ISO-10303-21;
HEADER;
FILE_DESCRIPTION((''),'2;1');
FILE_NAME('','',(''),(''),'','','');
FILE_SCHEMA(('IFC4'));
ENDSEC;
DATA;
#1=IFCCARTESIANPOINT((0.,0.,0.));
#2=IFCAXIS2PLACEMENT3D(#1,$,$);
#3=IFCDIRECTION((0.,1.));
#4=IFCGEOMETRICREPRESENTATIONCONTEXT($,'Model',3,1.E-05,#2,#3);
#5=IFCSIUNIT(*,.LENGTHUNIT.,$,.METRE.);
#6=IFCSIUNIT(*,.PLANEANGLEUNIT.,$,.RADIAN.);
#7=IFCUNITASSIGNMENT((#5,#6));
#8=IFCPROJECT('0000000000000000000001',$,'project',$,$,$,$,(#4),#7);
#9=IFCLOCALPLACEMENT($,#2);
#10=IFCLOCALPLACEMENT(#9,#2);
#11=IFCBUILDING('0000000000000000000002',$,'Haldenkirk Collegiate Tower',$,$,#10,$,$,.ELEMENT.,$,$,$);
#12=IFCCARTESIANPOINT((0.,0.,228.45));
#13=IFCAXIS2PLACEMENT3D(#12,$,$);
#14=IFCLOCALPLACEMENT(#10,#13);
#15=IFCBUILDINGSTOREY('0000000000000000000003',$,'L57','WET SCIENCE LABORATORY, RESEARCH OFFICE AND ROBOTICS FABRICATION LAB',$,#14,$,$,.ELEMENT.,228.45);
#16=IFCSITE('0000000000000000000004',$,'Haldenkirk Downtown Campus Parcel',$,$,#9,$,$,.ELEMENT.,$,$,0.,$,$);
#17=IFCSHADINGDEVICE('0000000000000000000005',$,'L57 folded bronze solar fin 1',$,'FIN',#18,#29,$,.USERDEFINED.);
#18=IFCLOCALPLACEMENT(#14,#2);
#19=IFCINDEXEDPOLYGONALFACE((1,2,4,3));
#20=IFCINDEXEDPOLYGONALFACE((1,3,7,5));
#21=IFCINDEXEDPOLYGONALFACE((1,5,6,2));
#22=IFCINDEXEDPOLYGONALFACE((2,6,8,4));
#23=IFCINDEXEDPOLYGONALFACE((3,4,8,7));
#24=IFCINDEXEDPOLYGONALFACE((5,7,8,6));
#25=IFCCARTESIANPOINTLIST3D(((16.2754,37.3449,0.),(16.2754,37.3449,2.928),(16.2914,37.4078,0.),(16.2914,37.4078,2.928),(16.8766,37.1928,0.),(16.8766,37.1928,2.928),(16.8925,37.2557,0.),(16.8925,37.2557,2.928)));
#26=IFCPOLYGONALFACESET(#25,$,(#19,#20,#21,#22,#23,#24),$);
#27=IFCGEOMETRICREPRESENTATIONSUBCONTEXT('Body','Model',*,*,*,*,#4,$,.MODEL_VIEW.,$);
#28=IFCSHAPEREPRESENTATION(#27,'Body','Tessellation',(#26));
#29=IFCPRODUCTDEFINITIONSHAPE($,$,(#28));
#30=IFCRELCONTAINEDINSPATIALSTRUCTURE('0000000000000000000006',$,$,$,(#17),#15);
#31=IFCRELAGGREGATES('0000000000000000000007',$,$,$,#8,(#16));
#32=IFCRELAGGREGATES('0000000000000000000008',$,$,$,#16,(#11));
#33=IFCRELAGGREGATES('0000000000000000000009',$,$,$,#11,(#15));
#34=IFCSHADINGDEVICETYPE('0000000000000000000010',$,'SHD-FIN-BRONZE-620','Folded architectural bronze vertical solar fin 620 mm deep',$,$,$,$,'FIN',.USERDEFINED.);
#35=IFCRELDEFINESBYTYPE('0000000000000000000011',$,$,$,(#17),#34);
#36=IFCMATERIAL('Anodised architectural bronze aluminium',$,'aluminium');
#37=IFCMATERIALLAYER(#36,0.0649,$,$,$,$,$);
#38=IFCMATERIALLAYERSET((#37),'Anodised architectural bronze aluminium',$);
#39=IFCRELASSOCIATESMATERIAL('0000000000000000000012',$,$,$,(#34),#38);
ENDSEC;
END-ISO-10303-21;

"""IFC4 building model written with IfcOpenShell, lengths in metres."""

from ifc_helpers import new_model, si_unit, direction, frame, origin, origin_2d, place, context, subcontext, project, spatial, rectangle, extrude, source, transform, mapped, material, layer, layer_set, type_object, element, save


model = new_model("IFC4")

# Units and contexts
model_context = context("Model", 3, precision=1e-05, world=origin(), true_north=direction((0.0, 1.0)))
body_context = subcontext(model_context, "Body", "Model", "MODEL_VIEW")
ifc_project = project(units=[si_unit("LENGTHUNIT", "METRE"), si_unit("PLANEANGLEUNIT", "RADIAN")], contexts=[model_context])

# Site, building, storey
site_placement = place(None, origin())
site = spatial("IfcSite", under=ifc_project, at=site_placement, Name="Haldenkirk Downtown Campus Parcel", CompositionType="ELEMENT", RefElevation=0.0)
building_placement = place(site_placement, origin())
building = spatial("IfcBuilding", under=site, at=building_placement, Name="Haldenkirk Collegiate Tower", CompositionType="ELEMENT")
storey_placement = place(building_placement, frame((0.0, 0.0, 228.45)))
storey = spatial("IfcBuildingStorey", under=building, at=storey_placement, Name="L57", Description="WET SCIENCE LABORATORY, RESEARCH OFFICE AND ROBOTICS FABRICATION LAB", CompositionType="ELEMENT", Elevation=228.45)

# Shared definitions
ifc_material_1 = material(Name="Anodised architectural bronze aluminium", Category="aluminium")

# Shading device
ifc_layer_1 = layer(ifc_material_1, 0.0649)
ifc_layer_set_1 = layer_set([ifc_layer_1], Name="Anodised architectural bronze aluminium")
shading_device_type = type_object("IfcShadingDeviceType", Name="SHD-FIN-BRONZE-620", Description="Folded architectural bronze vertical solar fin 620 mm deep", ElementType="FIN", PredefinedType="USERDEFINED", material=ifc_layer_set_1)
shared_shape_1 = source(origin(), body_context, "Body", "SweptSolid", [
    extrude(rectangle(XDim=0.6201, YDim=0.0649, at=origin_2d()), origin(), (0.0, 0.0, 1.0), 2.928),
])
shading_device_placement = place(storey_placement, frame((16.584, 37.3003, 0.0), z_axis=(0.0, 0.0, 1.0), x_axis=(-0.969445, 0.245307, 0.0)))
element("IfcShadingDevice", 1, at=shading_device_placement, inside=storey, type_object=shading_device_type, Name="L57 folded bronze solar fin 1", ObjectType="FIN", PredefinedType="USERDEFINED", context=body_context, shape_type="MappedRepresentation", body=[
    mapped(shared_shape_1, transform((0.0, 0.0, 0.0), x_axis=(1.0, 0.0, 0.0), y_axis=(0.0, 1.0, 0.0), z_axis=(0.0, 0.0, 1.0), scale=1.0)),
])

save(model, "model.ifc")
